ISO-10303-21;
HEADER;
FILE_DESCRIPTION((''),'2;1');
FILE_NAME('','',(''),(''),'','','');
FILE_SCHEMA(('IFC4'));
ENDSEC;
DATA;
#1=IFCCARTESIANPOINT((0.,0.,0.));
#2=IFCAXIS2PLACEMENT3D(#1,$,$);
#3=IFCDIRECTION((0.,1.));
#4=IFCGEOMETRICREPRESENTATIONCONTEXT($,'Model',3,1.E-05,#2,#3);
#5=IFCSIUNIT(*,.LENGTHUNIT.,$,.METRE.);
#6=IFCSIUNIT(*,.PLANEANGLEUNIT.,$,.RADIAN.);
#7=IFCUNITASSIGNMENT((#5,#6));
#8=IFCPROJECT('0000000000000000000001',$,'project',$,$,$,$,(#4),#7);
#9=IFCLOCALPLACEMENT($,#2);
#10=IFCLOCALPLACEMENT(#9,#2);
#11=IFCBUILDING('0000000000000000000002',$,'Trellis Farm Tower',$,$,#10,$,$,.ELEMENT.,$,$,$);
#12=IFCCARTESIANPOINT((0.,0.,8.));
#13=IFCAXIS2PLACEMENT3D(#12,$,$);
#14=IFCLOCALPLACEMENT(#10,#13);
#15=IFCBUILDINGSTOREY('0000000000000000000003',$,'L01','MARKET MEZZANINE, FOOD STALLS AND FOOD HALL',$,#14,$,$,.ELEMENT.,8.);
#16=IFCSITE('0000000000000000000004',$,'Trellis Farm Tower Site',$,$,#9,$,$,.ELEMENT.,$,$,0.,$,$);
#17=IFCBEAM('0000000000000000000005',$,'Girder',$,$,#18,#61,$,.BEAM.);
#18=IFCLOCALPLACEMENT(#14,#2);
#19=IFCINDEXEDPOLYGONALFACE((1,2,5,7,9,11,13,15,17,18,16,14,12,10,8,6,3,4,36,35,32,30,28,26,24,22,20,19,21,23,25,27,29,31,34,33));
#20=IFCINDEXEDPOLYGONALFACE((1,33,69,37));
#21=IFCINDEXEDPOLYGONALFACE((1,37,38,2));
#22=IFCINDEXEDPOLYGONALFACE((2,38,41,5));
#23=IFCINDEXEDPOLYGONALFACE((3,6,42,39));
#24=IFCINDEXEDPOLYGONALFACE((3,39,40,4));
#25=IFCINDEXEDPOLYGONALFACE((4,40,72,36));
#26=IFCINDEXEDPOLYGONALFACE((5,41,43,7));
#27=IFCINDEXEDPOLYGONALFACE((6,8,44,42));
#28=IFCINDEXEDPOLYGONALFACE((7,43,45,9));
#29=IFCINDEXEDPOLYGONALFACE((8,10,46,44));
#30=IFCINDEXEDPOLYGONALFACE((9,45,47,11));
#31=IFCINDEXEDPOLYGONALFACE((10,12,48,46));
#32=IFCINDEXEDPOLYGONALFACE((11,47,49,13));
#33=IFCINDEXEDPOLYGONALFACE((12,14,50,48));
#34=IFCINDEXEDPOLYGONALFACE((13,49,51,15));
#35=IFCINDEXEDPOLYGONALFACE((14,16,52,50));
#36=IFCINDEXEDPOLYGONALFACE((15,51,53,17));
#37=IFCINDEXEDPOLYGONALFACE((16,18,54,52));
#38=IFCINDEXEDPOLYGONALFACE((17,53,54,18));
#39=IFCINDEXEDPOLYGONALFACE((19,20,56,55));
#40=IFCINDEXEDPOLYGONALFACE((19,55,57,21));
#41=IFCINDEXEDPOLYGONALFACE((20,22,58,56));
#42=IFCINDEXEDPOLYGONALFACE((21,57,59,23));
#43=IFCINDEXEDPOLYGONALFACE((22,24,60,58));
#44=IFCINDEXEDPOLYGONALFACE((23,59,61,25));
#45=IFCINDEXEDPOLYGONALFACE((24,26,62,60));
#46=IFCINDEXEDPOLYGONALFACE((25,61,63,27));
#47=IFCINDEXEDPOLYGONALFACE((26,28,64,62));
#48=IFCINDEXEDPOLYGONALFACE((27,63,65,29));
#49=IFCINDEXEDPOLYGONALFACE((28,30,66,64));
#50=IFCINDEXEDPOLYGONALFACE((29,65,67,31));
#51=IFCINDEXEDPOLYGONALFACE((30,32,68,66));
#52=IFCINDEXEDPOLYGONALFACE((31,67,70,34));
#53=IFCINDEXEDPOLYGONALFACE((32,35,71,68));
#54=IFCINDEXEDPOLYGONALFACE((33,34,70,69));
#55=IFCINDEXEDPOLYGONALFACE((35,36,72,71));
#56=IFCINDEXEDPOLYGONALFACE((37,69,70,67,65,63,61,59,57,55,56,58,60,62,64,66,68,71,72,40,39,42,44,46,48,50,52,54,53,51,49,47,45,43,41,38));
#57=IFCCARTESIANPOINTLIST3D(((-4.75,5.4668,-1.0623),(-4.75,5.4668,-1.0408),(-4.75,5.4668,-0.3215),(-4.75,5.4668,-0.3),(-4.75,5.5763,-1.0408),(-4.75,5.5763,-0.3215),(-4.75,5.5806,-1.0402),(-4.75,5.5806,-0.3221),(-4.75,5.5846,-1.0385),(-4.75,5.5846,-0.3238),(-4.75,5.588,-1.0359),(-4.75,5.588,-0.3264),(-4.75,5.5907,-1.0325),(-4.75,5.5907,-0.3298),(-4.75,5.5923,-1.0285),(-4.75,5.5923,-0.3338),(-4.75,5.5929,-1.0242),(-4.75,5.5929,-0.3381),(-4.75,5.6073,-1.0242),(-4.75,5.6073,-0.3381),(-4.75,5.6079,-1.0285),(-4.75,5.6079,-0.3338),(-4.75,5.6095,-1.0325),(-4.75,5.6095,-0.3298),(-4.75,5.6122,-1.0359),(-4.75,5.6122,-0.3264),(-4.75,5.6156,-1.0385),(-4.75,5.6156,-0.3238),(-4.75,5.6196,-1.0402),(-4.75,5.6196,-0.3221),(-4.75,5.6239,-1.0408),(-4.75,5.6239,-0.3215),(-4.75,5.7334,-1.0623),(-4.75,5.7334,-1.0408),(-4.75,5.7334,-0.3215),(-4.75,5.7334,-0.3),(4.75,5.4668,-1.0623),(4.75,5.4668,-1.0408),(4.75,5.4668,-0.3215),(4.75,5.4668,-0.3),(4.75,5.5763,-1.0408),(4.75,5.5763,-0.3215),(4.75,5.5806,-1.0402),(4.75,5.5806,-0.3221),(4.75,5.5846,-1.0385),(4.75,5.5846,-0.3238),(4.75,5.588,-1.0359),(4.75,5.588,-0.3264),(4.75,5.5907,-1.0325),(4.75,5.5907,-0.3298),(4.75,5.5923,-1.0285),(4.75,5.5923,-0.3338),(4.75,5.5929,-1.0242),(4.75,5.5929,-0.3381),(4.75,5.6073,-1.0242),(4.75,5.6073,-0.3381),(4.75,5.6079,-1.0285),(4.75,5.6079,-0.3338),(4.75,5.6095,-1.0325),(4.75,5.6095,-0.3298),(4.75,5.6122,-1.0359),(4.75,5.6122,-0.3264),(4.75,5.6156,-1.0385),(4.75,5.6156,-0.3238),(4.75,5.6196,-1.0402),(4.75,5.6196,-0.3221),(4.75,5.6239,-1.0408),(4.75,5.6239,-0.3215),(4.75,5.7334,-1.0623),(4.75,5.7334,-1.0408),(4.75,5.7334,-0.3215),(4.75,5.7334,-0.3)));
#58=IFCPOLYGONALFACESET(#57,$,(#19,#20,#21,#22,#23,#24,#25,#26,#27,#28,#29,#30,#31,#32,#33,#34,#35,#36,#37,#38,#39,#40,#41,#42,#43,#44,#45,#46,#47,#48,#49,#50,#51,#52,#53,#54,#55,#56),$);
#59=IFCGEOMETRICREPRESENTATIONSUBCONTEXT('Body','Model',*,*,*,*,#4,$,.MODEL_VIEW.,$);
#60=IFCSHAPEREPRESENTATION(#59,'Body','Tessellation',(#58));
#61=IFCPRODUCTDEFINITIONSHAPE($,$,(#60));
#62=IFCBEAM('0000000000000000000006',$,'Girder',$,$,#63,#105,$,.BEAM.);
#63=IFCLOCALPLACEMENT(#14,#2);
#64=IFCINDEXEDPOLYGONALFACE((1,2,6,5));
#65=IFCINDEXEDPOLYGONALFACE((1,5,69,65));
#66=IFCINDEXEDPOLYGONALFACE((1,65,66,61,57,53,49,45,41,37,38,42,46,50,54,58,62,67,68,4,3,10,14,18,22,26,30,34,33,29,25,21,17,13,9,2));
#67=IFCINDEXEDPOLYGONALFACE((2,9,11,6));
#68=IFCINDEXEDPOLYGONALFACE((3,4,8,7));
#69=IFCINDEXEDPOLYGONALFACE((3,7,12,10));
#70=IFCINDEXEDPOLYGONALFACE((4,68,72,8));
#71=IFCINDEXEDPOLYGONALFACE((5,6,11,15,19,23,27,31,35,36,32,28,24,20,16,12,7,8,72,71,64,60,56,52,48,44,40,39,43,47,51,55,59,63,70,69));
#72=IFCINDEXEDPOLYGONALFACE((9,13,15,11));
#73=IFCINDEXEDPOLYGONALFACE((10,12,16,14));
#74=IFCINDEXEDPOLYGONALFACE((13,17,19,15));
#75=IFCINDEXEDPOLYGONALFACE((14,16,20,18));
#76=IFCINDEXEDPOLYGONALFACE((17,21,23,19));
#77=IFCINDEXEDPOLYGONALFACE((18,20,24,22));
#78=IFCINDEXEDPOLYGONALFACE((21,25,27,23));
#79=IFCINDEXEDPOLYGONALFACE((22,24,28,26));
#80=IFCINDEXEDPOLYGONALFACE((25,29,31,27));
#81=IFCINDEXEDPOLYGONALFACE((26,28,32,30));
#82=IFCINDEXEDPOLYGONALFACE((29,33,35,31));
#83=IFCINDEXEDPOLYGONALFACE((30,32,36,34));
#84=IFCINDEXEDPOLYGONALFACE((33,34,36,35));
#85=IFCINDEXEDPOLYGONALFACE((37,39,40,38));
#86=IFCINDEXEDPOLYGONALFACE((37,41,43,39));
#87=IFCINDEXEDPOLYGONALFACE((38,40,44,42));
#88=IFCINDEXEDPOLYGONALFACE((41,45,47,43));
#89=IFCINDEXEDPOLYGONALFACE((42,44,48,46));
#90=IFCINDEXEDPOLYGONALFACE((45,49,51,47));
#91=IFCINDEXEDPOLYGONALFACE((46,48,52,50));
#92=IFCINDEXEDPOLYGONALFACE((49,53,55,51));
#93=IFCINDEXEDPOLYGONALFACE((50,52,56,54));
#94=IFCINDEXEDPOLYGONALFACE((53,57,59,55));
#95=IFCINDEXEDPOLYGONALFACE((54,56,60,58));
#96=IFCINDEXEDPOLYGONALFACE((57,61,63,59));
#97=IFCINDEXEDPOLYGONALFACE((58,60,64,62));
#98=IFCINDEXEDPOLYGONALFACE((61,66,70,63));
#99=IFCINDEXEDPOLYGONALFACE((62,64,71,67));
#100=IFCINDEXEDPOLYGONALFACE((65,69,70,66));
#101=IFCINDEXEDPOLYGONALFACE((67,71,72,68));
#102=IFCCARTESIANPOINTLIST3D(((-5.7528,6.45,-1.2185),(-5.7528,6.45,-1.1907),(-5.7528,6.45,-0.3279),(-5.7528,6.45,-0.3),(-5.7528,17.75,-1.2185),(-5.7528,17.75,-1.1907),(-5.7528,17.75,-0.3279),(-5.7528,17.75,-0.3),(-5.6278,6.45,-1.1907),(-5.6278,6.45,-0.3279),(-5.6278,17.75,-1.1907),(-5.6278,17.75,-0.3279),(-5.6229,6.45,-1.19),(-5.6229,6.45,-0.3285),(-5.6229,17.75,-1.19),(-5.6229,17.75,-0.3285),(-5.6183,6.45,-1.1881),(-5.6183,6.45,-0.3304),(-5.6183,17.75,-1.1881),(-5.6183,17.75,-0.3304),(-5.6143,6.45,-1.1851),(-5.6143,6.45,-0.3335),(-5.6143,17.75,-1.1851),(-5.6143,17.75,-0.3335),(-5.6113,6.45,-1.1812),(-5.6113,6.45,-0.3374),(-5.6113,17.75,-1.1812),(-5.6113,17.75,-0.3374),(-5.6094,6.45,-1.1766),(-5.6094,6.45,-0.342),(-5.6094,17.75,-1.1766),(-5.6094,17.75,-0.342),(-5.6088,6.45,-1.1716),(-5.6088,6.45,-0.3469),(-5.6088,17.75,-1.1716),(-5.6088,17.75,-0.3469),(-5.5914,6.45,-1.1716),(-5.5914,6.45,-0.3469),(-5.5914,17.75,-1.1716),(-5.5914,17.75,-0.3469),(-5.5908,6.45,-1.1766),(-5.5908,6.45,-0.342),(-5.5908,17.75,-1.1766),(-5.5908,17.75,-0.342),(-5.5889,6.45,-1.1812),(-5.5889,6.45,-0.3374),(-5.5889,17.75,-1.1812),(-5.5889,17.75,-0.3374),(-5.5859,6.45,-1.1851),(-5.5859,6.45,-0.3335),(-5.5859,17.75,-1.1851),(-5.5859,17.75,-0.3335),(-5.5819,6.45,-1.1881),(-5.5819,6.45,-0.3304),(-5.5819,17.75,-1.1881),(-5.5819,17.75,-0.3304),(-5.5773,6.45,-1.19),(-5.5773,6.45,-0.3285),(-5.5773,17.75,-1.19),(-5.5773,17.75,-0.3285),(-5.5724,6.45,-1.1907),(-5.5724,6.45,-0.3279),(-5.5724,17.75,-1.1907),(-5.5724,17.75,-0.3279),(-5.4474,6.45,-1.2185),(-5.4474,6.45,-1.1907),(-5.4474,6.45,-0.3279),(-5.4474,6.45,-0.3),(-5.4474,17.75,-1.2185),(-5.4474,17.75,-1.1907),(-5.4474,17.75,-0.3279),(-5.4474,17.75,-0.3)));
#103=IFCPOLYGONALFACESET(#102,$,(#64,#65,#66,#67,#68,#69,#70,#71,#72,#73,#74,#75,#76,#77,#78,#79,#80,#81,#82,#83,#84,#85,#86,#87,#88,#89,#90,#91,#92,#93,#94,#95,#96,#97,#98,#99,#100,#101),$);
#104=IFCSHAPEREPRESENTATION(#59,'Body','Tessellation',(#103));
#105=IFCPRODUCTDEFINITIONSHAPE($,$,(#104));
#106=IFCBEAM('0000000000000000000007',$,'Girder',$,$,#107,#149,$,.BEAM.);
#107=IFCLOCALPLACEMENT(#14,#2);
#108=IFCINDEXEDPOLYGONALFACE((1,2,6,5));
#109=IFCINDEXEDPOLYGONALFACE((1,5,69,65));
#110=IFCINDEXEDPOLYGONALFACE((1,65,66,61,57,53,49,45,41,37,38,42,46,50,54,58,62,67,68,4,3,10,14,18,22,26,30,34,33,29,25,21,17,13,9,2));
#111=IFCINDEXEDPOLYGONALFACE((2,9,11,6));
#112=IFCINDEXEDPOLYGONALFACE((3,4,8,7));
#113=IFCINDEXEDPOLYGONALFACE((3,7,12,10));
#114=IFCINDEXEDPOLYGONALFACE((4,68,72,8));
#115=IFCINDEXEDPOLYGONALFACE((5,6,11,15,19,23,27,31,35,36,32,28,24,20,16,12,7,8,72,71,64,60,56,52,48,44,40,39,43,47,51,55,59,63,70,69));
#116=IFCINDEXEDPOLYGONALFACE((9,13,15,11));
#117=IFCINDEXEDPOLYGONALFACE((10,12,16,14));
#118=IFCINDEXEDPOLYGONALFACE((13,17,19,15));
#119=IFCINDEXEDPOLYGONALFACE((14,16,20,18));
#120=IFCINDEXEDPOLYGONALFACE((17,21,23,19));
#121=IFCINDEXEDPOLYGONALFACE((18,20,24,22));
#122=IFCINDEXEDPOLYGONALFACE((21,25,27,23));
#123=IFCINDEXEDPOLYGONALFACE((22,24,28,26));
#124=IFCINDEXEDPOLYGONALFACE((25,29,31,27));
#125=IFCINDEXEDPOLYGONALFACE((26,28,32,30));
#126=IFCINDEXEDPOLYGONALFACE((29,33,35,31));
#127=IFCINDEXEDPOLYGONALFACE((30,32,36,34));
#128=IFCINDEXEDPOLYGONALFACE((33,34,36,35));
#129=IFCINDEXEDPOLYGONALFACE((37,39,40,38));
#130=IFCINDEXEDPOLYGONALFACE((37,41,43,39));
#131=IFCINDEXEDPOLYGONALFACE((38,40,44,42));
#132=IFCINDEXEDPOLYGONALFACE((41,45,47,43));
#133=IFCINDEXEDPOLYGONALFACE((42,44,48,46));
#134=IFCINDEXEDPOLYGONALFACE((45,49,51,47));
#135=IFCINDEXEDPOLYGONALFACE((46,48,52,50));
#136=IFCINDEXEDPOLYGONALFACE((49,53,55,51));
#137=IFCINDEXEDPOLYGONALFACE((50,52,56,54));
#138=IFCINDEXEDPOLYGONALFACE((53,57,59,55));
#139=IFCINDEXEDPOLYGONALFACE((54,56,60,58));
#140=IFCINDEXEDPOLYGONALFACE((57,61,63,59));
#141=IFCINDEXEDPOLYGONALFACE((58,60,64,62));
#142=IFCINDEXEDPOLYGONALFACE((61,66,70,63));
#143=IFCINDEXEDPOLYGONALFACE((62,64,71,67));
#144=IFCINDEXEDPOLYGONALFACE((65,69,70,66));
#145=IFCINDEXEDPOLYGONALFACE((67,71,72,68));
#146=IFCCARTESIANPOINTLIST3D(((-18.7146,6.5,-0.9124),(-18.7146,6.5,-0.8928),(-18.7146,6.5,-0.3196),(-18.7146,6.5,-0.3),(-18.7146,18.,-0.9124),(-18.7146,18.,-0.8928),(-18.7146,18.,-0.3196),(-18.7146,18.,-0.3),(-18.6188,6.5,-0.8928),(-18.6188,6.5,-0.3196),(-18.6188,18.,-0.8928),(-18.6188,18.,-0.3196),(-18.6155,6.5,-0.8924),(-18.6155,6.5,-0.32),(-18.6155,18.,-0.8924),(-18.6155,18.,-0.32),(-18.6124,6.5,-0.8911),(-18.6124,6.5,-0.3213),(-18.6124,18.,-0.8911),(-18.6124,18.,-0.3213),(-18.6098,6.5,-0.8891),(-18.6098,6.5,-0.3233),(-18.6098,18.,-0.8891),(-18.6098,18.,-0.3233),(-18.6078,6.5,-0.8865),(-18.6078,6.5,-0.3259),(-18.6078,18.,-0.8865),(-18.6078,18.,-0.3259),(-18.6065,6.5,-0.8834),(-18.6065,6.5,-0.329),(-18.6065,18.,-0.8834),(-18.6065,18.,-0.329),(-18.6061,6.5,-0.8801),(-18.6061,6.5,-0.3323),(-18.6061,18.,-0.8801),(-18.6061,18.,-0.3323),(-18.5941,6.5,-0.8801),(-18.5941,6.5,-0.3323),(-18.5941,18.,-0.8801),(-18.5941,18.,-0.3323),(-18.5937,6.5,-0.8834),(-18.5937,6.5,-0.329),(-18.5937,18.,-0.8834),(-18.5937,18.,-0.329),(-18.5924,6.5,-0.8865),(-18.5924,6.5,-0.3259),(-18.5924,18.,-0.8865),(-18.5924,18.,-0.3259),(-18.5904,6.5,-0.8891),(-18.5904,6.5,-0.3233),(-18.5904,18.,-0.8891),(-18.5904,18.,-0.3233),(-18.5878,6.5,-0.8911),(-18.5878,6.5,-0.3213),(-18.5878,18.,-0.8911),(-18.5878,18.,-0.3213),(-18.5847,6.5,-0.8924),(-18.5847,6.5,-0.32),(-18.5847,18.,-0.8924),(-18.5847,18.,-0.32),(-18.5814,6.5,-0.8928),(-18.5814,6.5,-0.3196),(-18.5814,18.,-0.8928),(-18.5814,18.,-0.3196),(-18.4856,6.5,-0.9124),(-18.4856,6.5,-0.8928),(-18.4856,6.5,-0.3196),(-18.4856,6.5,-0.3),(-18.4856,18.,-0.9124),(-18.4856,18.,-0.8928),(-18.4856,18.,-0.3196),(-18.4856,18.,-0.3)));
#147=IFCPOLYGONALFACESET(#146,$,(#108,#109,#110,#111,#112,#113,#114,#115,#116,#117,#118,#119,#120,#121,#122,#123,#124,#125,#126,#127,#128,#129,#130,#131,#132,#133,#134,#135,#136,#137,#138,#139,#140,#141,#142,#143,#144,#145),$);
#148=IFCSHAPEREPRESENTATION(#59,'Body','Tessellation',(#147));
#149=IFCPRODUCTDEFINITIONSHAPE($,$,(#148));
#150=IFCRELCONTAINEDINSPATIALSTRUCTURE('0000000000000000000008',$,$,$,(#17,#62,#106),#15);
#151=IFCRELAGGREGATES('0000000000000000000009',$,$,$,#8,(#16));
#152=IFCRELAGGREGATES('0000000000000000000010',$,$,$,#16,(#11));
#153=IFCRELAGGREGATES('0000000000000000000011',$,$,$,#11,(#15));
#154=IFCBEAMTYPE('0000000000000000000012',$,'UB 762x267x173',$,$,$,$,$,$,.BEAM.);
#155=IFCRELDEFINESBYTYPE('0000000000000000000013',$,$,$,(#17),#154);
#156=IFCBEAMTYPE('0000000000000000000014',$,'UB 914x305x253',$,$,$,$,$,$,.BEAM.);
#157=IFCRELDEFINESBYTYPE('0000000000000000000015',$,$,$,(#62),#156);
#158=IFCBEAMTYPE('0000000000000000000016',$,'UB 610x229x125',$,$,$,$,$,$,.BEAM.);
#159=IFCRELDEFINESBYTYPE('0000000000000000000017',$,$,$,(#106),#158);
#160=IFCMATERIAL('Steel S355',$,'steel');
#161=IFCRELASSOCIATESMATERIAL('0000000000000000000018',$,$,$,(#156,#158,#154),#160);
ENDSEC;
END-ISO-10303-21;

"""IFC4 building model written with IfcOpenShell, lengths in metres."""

from ifc_helpers import new_model, si_unit, direction, frame, origin, origin_2d, place, context, subcontext, project, spatial, i_section, extrude, source, transform, mapped, material, material_profile, profile_set, type_object, element, save


model = new_model("IFC4")

# Units and contexts
model_context = context("Model", 3, precision=1e-05, world=origin(), true_north=direction((0.0, 1.0)))
body_context = subcontext(model_context, "Body", "Model", "MODEL_VIEW")
ifc_project = project(units=[si_unit("LENGTHUNIT", "METRE"), si_unit("PLANEANGLEUNIT", "RADIAN")], contexts=[model_context])

# Site, building, storey
site_placement = place(None, origin())
site = spatial("IfcSite", under=ifc_project, at=site_placement, Name="Trellis Farm Tower Site", CompositionType="ELEMENT", RefElevation=0.0)
building_placement = place(site_placement, origin())
building = spatial("IfcBuilding", under=site, at=building_placement, Name="Trellis Farm Tower", CompositionType="ELEMENT")
storey_placement = place(building_placement, frame((0.0, 0.0, 8.0)))
storey = spatial("IfcBuildingStorey", under=building, at=storey_placement, Name="L01", Description="MARKET MEZZANINE, FOOD STALLS AND FOOD HALL", CompositionType="ELEMENT", Elevation=8.0)

# Beams
ifc_material_1 = material(Name="Steel S355", Category="steel")
ifc_material_profile_1 = material_profile(ifc_material_1, i_section(OverallWidth=0.3054, OverallDepth=0.9185, WebThickness=0.0173, FlangeThickness=0.0278, FilletRadius=0.019, at=origin_2d()), Name="UB 914x305x253")
ifc_profile_set_1 = profile_set([ifc_material_profile_1], Name="Steel S355")
beam_type_1 = type_object("IfcBeamType", Name="UB 914x305x253", PredefinedType="BEAM", material=ifc_profile_set_1)
ifc_material_profile_2 = material_profile(ifc_material_1, i_section(OverallWidth=0.229, OverallDepth=0.6123, WebThickness=0.012, FlangeThickness=0.0195, FilletRadius=0.0127, at=origin_2d()), Name="UB 610x229x125")
ifc_profile_set_2 = profile_set([ifc_material_profile_2], Name="Steel S355")
beam_type_2 = type_object("IfcBeamType", Name="UB 610x229x125", PredefinedType="BEAM", material=ifc_profile_set_2)
ifc_material_profile_3 = material_profile(ifc_material_1, i_section(OverallWidth=0.2666, OverallDepth=0.7622, WebThickness=0.0144, FlangeThickness=0.0215, FilletRadius=0.0166, at=origin_2d()), Name="UB 762x267x173")
ifc_profile_set_3 = profile_set([ifc_material_profile_3], Name="Steel S355")
beam_type_3 = type_object("IfcBeamType", Name="UB 762x267x173", PredefinedType="BEAM", material=ifc_profile_set_3)
shared_shape_1 = source(origin(), body_context, "Body", "SweptSolid", [
    extrude(i_section(OverallWidth=0.2666, OverallDepth=0.7622, WebThickness=0.0144, FlangeThickness=0.0215, FilletRadius=0.0166, at=origin_2d()), origin(), (0.0, 0.0, 1.0), 9.5),
])
beam_1_placement = place(storey_placement, frame((-4.75, 5.6001, -0.6812), z_axis=(1.0, 0.0, 0.0), x_axis=(0.0, 1.0, 0.0)))
element("IfcBeam", 1, at=beam_1_placement, inside=storey, type_object=beam_type_3, Name="Girder", PredefinedType="BEAM", context=body_context, shape_type="MappedRepresentation", body=[
    mapped(shared_shape_1, transform((0.0, 0.0, 0.0))),
])
shared_shape_2 = source(origin(), body_context, "Body", "SweptSolid", [
    extrude(i_section(OverallWidth=0.3054, OverallDepth=0.9185, WebThickness=0.0173, FlangeThickness=0.0278, FilletRadius=0.019, at=origin_2d()), origin(), (0.0, 0.0, 1.0), 11.3),
])
beam_2_placement = place(storey_placement, frame((-5.6001, 6.45, -0.7593), z_axis=(0.0, 1.0, 0.0), x_axis=(-1.0, 0.0, 0.0)))
element("IfcBeam", 2, at=beam_2_placement, inside=storey, type_object=beam_type_1, Name="Girder", PredefinedType="BEAM", context=body_context, shape_type="MappedRepresentation", body=[
    mapped(shared_shape_2, transform((0.0, 0.0, 0.0))),
])
shared_shape_3 = source(origin(), body_context, "Body", "SweptSolid", [
    extrude(i_section(OverallWidth=0.229, OverallDepth=0.6123, WebThickness=0.012, FlangeThickness=0.0195, FilletRadius=0.0127, at=origin_2d()), origin(), (0.0, 0.0, 1.0), 11.5),
])
beam_3_placement = place(storey_placement, frame((-18.6001, 6.5, -0.6062), z_axis=(0.0, 1.0, 0.0), x_axis=(-1.0, 0.0, 0.0)))
element("IfcBeam", 3, at=beam_3_placement, inside=storey, type_object=beam_type_2, Name="Girder", PredefinedType="BEAM", context=body_context, shape_type="MappedRepresentation", body=[
    mapped(shared_shape_3, transform((0.0, 0.0, 0.0))),
])

save(model, "model.ifc")
